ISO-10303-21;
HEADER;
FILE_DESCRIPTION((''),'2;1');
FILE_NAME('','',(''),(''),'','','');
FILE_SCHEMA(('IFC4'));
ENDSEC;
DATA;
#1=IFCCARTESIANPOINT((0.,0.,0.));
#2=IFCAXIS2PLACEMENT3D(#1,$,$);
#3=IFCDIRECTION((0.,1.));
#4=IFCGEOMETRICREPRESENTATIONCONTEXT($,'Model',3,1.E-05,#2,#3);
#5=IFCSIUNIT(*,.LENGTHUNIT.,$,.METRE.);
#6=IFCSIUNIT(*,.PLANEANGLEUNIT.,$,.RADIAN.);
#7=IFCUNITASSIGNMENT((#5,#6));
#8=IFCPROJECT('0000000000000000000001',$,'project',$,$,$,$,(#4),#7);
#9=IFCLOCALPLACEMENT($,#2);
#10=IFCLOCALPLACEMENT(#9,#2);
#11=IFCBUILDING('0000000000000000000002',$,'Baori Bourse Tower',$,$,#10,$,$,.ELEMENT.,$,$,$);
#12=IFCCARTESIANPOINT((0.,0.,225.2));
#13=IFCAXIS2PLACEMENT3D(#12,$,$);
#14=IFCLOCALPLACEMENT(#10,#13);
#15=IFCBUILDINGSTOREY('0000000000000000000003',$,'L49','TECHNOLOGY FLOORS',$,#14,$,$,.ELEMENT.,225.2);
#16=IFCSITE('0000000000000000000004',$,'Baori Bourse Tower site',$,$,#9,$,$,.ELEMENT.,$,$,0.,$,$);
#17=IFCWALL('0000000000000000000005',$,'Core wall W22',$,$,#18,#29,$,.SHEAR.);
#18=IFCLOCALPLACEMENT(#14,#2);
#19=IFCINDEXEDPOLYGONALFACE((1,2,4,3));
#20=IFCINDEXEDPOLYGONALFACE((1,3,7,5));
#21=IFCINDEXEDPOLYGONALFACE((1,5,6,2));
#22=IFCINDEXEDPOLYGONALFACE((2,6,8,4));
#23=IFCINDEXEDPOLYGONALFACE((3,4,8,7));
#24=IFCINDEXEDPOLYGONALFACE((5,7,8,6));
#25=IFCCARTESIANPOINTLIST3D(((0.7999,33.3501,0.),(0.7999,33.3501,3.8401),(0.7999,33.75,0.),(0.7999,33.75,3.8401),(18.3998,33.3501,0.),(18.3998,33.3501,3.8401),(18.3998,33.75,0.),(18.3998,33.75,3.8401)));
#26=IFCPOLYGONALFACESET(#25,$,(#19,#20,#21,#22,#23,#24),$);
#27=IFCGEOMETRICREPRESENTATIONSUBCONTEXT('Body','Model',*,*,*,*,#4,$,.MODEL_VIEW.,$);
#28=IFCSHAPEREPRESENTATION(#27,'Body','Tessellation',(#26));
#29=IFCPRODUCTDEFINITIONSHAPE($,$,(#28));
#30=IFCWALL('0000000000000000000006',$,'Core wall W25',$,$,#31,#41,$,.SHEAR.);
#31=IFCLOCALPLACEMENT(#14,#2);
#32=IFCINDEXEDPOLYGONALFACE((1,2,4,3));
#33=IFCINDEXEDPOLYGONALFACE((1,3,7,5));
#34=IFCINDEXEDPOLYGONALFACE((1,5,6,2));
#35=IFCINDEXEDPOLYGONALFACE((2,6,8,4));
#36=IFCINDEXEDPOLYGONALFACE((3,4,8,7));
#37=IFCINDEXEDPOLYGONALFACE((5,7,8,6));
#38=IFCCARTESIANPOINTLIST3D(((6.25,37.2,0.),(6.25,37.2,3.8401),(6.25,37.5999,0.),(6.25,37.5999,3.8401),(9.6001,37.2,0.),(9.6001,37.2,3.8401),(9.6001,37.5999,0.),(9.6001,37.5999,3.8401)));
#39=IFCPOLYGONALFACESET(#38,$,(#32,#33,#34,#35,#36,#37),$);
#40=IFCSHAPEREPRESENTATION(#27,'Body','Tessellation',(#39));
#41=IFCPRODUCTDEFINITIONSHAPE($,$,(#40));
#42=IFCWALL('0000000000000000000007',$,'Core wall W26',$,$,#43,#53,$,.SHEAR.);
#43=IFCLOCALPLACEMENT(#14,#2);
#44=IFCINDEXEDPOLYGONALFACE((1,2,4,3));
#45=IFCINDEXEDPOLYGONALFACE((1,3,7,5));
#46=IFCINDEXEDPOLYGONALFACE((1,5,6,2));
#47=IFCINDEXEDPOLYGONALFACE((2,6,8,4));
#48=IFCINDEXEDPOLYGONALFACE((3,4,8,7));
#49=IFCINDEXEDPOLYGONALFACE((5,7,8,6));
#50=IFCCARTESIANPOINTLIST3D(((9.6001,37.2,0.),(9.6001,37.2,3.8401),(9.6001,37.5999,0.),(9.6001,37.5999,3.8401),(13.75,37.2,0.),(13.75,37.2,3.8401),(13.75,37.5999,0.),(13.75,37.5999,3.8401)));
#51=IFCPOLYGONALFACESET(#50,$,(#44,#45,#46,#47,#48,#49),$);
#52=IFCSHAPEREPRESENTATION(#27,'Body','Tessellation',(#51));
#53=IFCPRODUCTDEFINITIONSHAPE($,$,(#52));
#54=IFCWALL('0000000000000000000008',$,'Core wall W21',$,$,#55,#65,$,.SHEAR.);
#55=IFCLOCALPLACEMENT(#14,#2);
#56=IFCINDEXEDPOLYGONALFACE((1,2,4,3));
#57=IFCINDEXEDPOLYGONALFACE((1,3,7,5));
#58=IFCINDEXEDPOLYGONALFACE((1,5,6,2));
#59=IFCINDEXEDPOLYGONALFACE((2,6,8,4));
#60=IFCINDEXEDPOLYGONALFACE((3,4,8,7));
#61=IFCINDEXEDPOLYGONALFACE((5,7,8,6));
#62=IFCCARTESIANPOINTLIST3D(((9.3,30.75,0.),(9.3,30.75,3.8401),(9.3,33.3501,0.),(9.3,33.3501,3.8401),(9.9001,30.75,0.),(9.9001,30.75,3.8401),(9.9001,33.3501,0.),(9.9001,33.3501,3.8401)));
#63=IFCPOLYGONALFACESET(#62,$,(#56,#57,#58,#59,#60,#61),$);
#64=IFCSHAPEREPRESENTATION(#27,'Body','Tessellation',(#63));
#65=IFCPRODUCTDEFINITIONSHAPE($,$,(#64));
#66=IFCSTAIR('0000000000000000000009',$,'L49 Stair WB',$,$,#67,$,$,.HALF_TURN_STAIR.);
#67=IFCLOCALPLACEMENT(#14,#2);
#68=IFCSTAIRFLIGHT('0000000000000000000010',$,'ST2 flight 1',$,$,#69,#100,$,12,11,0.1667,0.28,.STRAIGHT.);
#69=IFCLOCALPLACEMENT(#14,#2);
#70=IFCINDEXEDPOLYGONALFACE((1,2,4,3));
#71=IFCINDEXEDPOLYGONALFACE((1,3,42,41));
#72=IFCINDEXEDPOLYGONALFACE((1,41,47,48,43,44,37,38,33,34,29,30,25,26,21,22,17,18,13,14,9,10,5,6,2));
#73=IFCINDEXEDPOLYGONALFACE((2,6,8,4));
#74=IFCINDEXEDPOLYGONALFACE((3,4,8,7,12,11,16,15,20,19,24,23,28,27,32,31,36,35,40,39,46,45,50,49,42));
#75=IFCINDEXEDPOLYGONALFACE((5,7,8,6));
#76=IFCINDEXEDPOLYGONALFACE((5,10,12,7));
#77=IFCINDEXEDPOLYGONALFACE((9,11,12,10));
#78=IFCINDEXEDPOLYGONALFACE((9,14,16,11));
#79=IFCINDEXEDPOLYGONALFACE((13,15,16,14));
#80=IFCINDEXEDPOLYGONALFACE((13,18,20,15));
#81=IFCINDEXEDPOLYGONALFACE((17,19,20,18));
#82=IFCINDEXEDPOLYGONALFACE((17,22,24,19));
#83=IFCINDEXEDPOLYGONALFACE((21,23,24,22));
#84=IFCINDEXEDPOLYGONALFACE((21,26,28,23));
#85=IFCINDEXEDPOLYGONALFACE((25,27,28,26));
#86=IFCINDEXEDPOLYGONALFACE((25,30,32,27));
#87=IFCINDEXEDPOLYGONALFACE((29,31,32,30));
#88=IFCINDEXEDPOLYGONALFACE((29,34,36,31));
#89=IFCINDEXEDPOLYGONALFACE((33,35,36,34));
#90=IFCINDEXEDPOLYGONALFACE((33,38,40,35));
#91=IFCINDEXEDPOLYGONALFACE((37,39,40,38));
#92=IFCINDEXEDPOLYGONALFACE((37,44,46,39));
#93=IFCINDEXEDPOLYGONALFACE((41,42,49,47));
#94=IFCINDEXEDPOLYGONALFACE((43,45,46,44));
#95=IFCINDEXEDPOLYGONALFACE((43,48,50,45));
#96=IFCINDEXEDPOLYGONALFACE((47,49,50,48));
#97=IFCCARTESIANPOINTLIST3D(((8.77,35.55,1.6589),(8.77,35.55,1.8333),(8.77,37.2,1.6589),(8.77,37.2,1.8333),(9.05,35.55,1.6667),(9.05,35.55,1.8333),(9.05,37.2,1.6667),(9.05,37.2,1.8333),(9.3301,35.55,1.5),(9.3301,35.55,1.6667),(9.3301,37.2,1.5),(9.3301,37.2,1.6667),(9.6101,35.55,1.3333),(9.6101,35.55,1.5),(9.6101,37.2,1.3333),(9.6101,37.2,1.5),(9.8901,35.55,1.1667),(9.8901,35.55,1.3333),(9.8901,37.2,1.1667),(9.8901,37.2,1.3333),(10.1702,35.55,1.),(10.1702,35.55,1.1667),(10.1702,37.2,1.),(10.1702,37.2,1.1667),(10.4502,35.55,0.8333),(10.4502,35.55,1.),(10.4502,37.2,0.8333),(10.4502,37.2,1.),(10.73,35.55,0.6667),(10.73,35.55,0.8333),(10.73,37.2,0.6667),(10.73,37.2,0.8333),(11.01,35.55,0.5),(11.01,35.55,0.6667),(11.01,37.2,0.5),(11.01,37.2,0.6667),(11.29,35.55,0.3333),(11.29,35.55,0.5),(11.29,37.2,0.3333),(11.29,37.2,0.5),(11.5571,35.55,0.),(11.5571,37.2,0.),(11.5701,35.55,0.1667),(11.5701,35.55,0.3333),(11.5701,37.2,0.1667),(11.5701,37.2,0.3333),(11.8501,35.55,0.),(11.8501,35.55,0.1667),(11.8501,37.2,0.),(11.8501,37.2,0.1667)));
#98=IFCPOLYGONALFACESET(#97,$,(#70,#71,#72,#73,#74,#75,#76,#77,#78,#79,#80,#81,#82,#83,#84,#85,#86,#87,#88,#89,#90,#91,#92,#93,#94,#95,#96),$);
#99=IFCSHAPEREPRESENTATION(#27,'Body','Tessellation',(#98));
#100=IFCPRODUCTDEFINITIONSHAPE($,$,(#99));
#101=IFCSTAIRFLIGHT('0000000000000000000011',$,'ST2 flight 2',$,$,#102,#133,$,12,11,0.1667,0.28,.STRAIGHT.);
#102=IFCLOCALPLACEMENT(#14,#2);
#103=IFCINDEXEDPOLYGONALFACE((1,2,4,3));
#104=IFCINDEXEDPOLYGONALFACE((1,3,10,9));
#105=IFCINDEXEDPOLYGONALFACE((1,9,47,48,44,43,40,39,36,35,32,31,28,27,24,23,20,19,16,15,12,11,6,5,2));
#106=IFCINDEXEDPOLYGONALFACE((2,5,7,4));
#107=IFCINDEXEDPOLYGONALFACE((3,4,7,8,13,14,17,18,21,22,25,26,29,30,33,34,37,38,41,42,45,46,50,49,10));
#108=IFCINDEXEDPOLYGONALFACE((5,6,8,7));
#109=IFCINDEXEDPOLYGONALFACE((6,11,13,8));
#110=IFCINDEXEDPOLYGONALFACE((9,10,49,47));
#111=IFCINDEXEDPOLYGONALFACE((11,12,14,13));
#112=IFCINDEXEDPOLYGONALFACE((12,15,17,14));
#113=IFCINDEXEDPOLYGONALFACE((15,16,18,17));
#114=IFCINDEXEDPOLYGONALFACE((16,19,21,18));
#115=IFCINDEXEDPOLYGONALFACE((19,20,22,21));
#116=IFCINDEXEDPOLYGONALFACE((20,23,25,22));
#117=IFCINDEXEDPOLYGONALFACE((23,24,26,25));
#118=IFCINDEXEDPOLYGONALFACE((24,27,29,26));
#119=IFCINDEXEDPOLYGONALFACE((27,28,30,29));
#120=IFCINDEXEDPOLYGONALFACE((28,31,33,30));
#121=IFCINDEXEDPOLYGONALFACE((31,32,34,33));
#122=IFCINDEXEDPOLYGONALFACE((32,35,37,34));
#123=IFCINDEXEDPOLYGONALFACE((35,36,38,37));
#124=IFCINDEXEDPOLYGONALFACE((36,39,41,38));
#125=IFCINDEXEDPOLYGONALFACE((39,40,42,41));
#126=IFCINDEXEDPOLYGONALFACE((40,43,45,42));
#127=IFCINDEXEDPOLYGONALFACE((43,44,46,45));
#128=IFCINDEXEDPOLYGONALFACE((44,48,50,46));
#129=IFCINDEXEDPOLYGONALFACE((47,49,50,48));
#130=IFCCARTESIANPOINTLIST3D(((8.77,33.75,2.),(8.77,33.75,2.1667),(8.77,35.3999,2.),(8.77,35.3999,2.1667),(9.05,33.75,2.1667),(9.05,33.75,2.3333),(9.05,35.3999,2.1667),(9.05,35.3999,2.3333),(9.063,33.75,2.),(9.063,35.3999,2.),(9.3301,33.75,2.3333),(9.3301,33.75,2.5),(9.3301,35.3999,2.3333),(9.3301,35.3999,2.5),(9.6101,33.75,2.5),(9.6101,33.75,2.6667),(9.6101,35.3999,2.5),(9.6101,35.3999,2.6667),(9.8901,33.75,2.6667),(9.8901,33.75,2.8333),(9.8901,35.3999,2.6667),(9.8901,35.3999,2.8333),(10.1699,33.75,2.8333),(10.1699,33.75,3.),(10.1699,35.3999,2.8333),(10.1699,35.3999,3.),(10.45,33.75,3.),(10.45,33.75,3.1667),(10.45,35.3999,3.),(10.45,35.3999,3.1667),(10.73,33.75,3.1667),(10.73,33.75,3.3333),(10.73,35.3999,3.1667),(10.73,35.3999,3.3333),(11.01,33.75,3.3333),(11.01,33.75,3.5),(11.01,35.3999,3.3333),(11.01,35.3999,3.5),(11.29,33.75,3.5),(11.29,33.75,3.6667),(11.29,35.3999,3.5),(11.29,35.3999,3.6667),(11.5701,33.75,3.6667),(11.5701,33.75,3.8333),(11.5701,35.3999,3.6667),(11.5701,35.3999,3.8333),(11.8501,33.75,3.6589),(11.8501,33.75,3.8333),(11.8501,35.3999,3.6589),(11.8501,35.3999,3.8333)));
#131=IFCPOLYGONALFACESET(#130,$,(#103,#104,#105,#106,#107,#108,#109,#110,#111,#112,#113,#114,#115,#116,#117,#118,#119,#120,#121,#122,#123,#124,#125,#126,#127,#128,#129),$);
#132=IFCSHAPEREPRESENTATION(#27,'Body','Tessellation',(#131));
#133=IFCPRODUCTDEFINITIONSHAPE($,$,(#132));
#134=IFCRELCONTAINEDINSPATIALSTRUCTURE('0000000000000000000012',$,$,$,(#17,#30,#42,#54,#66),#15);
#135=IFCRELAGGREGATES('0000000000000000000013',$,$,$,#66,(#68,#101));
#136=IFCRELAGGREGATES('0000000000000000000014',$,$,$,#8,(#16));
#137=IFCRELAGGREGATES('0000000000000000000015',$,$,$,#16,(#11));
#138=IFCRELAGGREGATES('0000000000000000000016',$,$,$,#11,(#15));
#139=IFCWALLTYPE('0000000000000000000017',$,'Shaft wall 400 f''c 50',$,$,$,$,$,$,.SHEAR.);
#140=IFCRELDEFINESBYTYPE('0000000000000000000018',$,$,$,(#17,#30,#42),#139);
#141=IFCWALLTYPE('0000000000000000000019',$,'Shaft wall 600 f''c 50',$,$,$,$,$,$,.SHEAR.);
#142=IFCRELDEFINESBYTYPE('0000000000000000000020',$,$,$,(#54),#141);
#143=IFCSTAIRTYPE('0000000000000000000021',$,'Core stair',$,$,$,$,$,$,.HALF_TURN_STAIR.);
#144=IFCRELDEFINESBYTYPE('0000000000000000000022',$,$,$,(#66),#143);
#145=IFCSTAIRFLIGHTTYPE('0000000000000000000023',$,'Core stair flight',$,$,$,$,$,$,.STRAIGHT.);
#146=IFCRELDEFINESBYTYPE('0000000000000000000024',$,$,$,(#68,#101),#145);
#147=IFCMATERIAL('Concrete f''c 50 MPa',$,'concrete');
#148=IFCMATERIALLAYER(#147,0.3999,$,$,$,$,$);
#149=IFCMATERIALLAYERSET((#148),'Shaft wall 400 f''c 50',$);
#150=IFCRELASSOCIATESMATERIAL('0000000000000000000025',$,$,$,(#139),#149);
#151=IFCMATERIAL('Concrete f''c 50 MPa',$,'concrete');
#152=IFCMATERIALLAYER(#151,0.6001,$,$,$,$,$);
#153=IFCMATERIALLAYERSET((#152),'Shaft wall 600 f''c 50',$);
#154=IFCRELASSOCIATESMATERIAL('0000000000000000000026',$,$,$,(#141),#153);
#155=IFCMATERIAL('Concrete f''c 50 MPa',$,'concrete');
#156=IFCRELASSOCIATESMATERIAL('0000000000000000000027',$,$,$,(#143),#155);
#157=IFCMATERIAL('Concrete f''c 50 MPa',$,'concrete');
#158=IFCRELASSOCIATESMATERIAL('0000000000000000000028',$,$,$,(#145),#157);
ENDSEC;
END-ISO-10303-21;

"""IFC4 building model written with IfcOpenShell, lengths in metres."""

from ifc_helpers import new_model, si_unit, direction, frame, frame_2d, origin, place, context, subcontext, project, spatial, polyline, rectangle, outline, extrude, material, layer, layer_set, type_object, element, aggregate, save


model = new_model("IFC4")

# Units and contexts
model_context = context("Model", 3, precision=1e-05, world=origin(), true_north=direction((0.0, 1.0)))
body_context = subcontext(model_context, "Body", "Model", "MODEL_VIEW")
ifc_project = project(units=[si_unit("LENGTHUNIT", "METRE"), si_unit("PLANEANGLEUNIT", "RADIAN")], contexts=[model_context])

# Site, building, storey
site_placement = place(None, origin())
site = spatial("IfcSite", under=ifc_project, at=site_placement, Name="Baori Bourse Tower site", CompositionType="ELEMENT", RefElevation=0.0)
building_placement = place(site_placement, origin())
building = spatial("IfcBuilding", under=site, at=building_placement, Name="Baori Bourse Tower", CompositionType="ELEMENT")
storey_placement = place(building_placement, frame((0.0, 0.0, 225.2)))
storey = spatial("IfcBuildingStorey", under=building, at=storey_placement, Name="L49", Description="TECHNOLOGY FLOORS", CompositionType="ELEMENT", Elevation=225.2)

# Shared definitions
ifc_material_1 = material(Name="Concrete f'c 50 MPa", Category="concrete")
ifc_layer_1 = layer(ifc_material_1, 0.3999)
ifc_layer_set_1 = layer_set([ifc_layer_1], Name="Shaft wall 400 f'c 50")
wall_type_1 = type_object("IfcWallType", Name="Shaft wall 400 f'c 50", PredefinedType="SHEAR", material=ifc_layer_set_1)

# Walls
wall_1_placement = place(storey_placement, frame((0.8, 33.55, 0.0), z_axis=(0.0, 0.0, 1.0), x_axis=(1.0, 0.0, 0.0)))
element("IfcWall", 1, at=wall_1_placement, inside=storey, type_object=wall_type_1, Name="Core wall W22", PredefinedType="SHEAR", context=body_context, shape_type="SweptSolid", body=[
    extrude(rectangle(XDim=17.5999, YDim=0.3999, at=frame_2d((8.7998, 0.0))), origin(), (0.0, 0.0, 1.0), 3.8401),
])
wall_2_placement = place(storey_placement, frame((6.25, 37.3999, 0.0), z_axis=(0.0, 0.0, 1.0), x_axis=(1.0, 0.0, 0.0)))
element("IfcWall", 2, at=wall_2_placement, inside=storey, type_object=wall_type_1, Name="Core wall W25", PredefinedType="SHEAR", context=body_context, shape_type="SweptSolid", body=[
    extrude(rectangle(XDim=3.3501, YDim=0.3999, at=frame_2d((1.675, 0.0))), origin(), (0.0, 0.0, 1.0), 3.8401),
])
wall_3_placement = place(storey_placement, frame((9.6001, 37.3999, 0.0), z_axis=(0.0, 0.0, 1.0), x_axis=(1.0, 0.0, 0.0)))
element("IfcWall", 3, at=wall_3_placement, inside=storey, type_object=wall_type_1, Name="Core wall W26", PredefinedType="SHEAR", context=body_context, shape_type="SweptSolid", body=[
    extrude(rectangle(XDim=4.1499, YDim=0.3999, at=frame_2d((2.075, 0.0))), origin(), (0.0, 0.0, 1.0), 3.8401),
])
ifc_material_2 = material(Name="Concrete f'c 50 MPa", Category="concrete")
ifc_layer_2 = layer(ifc_material_2, 0.6001)
ifc_layer_set_2 = layer_set([ifc_layer_2], Name="Shaft wall 600 f'c 50")
wall_type_2 = type_object("IfcWallType", Name="Shaft wall 600 f'c 50", PredefinedType="SHEAR", material=ifc_layer_set_2)
wall_4_placement = place(storey_placement, frame((9.6001, 30.75, 0.0), z_axis=(0.0, 0.0, 1.0), x_axis=(0.0, 1.0, 0.0)))
element("IfcWall", 4, at=wall_4_placement, inside=storey, type_object=wall_type_2, Name="Core wall W21", PredefinedType="SHEAR", context=body_context, shape_type="SweptSolid", body=[
    extrude(rectangle(XDim=2.6001, YDim=0.6001, at=frame_2d((1.3, 0.0))), origin(), (0.0, 0.0, 1.0), 3.8401),
])

# Stair, stair flights
ifc_material_3 = material(Name="Concrete f'c 50 MPa", Category="concrete")
stair_type = type_object("IfcStairType", Name="Core stair", PredefinedType="HALF_TURN_STAIR", material=ifc_material_3)
stair_placement = place(storey_placement, origin())
stair = element("IfcStair", 5, at=stair_placement, inside=storey, type_object=stair_type, Name="L49 Stair WB", PredefinedType="HALF_TURN_STAIR")
ifc_material_4 = material(Name="Concrete f'c 50 MPa", Category="concrete")
stair_flight_type = type_object("IfcStairFlightType", Name="Core stair flight", PredefinedType="STRAIGHT", material=ifc_material_4)
stair_flight_1_placement = place(storey_placement, frame((11.8501, 36.375, 0.0), z_axis=(0.0, 0.0, 1.0), x_axis=(-1.0, 0.0, 0.0)))
stair_flight_1 = element("IfcStairFlight", 6, at=stair_flight_1_placement, type_object=stair_flight_type, Name="ST2 flight 1", NumberOfRisers=12, NumberOfTreads=11, PredefinedType="STRAIGHT", RiserHeight=0.1667, TreadLength=0.28, context=body_context, shape_type="SweptSolid", body=[
    extrude(outline(polyline([(0.0, 0.0), (0.0, 0.1667), (0.28, 0.1667), (0.28, 0.3333), (0.5601, 0.3333), (0.5601, 0.5), (0.8401, 0.5), (0.8401, 0.6667), (1.1201, 0.6667), (1.1201, 0.8333), (1.3999, 0.8333), (1.3999, 1.0), (1.6799, 1.0), (1.6799, 1.1667), (1.96, 1.1667), (1.96, 1.3333), (2.24, 1.3333), (2.24, 1.5), (2.52, 1.5), (2.52, 1.6667), (2.8, 1.6667), (2.8, 1.8333), (3.0801, 1.8333), (3.0801, 2.0), (3.0801, 1.6589), (0.293, 0.0), (0.0, 0.0)])), frame((0.0, 0.825, 0.0), z_axis=(0.0, -1.0, 0.0), x_axis=(1.0, 0.0, 0.0)), (0.0, 0.0, 1.0), 1.6499),
])
stair_flight_2_placement = place(storey_placement, frame((8.77, 34.575, 2.0), z_axis=(0.0, 0.0, 1.0), x_axis=(1.0, 0.0, 0.0)))
stair_flight_2 = element("IfcStairFlight", 7, at=stair_flight_2_placement, type_object=stair_flight_type, Name="ST2 flight 2", NumberOfRisers=12, NumberOfTreads=11, PredefinedType="STRAIGHT", RiserHeight=0.1667, TreadLength=0.28, context=body_context, shape_type="SweptSolid", body=[
    extrude(outline(polyline([(0.0, 0.0), (0.0, 0.1667), (0.28, 0.1667), (0.28, 0.3333), (0.5601, 0.3333), (0.5601, 0.5), (0.8401, 0.5), (0.8401, 0.6667), (1.1201, 0.6667), (1.1201, 0.8333), (1.3999, 0.8333), (1.3999, 1.0), (1.6799, 1.0), (1.6799, 1.1667), (1.96, 1.1667), (1.96, 1.3333), (2.24, 1.3333), (2.24, 1.5), (2.52, 1.5), (2.52, 1.6667), (2.8, 1.6667), (2.8, 1.8333), (3.0801, 1.8333), (3.0801, 2.0), (3.0801, 1.6589), (0.293, 0.0), (0.0, 0.0)])), frame((0.0, 0.825, 0.0), z_axis=(0.0, -1.0, 0.0), x_axis=(1.0, 0.0, 0.0)), (0.0, 0.0, 1.0), 1.6499),
])
aggregate(stair, [stair_flight_1, stair_flight_2])

save(model, "model.ifc")
